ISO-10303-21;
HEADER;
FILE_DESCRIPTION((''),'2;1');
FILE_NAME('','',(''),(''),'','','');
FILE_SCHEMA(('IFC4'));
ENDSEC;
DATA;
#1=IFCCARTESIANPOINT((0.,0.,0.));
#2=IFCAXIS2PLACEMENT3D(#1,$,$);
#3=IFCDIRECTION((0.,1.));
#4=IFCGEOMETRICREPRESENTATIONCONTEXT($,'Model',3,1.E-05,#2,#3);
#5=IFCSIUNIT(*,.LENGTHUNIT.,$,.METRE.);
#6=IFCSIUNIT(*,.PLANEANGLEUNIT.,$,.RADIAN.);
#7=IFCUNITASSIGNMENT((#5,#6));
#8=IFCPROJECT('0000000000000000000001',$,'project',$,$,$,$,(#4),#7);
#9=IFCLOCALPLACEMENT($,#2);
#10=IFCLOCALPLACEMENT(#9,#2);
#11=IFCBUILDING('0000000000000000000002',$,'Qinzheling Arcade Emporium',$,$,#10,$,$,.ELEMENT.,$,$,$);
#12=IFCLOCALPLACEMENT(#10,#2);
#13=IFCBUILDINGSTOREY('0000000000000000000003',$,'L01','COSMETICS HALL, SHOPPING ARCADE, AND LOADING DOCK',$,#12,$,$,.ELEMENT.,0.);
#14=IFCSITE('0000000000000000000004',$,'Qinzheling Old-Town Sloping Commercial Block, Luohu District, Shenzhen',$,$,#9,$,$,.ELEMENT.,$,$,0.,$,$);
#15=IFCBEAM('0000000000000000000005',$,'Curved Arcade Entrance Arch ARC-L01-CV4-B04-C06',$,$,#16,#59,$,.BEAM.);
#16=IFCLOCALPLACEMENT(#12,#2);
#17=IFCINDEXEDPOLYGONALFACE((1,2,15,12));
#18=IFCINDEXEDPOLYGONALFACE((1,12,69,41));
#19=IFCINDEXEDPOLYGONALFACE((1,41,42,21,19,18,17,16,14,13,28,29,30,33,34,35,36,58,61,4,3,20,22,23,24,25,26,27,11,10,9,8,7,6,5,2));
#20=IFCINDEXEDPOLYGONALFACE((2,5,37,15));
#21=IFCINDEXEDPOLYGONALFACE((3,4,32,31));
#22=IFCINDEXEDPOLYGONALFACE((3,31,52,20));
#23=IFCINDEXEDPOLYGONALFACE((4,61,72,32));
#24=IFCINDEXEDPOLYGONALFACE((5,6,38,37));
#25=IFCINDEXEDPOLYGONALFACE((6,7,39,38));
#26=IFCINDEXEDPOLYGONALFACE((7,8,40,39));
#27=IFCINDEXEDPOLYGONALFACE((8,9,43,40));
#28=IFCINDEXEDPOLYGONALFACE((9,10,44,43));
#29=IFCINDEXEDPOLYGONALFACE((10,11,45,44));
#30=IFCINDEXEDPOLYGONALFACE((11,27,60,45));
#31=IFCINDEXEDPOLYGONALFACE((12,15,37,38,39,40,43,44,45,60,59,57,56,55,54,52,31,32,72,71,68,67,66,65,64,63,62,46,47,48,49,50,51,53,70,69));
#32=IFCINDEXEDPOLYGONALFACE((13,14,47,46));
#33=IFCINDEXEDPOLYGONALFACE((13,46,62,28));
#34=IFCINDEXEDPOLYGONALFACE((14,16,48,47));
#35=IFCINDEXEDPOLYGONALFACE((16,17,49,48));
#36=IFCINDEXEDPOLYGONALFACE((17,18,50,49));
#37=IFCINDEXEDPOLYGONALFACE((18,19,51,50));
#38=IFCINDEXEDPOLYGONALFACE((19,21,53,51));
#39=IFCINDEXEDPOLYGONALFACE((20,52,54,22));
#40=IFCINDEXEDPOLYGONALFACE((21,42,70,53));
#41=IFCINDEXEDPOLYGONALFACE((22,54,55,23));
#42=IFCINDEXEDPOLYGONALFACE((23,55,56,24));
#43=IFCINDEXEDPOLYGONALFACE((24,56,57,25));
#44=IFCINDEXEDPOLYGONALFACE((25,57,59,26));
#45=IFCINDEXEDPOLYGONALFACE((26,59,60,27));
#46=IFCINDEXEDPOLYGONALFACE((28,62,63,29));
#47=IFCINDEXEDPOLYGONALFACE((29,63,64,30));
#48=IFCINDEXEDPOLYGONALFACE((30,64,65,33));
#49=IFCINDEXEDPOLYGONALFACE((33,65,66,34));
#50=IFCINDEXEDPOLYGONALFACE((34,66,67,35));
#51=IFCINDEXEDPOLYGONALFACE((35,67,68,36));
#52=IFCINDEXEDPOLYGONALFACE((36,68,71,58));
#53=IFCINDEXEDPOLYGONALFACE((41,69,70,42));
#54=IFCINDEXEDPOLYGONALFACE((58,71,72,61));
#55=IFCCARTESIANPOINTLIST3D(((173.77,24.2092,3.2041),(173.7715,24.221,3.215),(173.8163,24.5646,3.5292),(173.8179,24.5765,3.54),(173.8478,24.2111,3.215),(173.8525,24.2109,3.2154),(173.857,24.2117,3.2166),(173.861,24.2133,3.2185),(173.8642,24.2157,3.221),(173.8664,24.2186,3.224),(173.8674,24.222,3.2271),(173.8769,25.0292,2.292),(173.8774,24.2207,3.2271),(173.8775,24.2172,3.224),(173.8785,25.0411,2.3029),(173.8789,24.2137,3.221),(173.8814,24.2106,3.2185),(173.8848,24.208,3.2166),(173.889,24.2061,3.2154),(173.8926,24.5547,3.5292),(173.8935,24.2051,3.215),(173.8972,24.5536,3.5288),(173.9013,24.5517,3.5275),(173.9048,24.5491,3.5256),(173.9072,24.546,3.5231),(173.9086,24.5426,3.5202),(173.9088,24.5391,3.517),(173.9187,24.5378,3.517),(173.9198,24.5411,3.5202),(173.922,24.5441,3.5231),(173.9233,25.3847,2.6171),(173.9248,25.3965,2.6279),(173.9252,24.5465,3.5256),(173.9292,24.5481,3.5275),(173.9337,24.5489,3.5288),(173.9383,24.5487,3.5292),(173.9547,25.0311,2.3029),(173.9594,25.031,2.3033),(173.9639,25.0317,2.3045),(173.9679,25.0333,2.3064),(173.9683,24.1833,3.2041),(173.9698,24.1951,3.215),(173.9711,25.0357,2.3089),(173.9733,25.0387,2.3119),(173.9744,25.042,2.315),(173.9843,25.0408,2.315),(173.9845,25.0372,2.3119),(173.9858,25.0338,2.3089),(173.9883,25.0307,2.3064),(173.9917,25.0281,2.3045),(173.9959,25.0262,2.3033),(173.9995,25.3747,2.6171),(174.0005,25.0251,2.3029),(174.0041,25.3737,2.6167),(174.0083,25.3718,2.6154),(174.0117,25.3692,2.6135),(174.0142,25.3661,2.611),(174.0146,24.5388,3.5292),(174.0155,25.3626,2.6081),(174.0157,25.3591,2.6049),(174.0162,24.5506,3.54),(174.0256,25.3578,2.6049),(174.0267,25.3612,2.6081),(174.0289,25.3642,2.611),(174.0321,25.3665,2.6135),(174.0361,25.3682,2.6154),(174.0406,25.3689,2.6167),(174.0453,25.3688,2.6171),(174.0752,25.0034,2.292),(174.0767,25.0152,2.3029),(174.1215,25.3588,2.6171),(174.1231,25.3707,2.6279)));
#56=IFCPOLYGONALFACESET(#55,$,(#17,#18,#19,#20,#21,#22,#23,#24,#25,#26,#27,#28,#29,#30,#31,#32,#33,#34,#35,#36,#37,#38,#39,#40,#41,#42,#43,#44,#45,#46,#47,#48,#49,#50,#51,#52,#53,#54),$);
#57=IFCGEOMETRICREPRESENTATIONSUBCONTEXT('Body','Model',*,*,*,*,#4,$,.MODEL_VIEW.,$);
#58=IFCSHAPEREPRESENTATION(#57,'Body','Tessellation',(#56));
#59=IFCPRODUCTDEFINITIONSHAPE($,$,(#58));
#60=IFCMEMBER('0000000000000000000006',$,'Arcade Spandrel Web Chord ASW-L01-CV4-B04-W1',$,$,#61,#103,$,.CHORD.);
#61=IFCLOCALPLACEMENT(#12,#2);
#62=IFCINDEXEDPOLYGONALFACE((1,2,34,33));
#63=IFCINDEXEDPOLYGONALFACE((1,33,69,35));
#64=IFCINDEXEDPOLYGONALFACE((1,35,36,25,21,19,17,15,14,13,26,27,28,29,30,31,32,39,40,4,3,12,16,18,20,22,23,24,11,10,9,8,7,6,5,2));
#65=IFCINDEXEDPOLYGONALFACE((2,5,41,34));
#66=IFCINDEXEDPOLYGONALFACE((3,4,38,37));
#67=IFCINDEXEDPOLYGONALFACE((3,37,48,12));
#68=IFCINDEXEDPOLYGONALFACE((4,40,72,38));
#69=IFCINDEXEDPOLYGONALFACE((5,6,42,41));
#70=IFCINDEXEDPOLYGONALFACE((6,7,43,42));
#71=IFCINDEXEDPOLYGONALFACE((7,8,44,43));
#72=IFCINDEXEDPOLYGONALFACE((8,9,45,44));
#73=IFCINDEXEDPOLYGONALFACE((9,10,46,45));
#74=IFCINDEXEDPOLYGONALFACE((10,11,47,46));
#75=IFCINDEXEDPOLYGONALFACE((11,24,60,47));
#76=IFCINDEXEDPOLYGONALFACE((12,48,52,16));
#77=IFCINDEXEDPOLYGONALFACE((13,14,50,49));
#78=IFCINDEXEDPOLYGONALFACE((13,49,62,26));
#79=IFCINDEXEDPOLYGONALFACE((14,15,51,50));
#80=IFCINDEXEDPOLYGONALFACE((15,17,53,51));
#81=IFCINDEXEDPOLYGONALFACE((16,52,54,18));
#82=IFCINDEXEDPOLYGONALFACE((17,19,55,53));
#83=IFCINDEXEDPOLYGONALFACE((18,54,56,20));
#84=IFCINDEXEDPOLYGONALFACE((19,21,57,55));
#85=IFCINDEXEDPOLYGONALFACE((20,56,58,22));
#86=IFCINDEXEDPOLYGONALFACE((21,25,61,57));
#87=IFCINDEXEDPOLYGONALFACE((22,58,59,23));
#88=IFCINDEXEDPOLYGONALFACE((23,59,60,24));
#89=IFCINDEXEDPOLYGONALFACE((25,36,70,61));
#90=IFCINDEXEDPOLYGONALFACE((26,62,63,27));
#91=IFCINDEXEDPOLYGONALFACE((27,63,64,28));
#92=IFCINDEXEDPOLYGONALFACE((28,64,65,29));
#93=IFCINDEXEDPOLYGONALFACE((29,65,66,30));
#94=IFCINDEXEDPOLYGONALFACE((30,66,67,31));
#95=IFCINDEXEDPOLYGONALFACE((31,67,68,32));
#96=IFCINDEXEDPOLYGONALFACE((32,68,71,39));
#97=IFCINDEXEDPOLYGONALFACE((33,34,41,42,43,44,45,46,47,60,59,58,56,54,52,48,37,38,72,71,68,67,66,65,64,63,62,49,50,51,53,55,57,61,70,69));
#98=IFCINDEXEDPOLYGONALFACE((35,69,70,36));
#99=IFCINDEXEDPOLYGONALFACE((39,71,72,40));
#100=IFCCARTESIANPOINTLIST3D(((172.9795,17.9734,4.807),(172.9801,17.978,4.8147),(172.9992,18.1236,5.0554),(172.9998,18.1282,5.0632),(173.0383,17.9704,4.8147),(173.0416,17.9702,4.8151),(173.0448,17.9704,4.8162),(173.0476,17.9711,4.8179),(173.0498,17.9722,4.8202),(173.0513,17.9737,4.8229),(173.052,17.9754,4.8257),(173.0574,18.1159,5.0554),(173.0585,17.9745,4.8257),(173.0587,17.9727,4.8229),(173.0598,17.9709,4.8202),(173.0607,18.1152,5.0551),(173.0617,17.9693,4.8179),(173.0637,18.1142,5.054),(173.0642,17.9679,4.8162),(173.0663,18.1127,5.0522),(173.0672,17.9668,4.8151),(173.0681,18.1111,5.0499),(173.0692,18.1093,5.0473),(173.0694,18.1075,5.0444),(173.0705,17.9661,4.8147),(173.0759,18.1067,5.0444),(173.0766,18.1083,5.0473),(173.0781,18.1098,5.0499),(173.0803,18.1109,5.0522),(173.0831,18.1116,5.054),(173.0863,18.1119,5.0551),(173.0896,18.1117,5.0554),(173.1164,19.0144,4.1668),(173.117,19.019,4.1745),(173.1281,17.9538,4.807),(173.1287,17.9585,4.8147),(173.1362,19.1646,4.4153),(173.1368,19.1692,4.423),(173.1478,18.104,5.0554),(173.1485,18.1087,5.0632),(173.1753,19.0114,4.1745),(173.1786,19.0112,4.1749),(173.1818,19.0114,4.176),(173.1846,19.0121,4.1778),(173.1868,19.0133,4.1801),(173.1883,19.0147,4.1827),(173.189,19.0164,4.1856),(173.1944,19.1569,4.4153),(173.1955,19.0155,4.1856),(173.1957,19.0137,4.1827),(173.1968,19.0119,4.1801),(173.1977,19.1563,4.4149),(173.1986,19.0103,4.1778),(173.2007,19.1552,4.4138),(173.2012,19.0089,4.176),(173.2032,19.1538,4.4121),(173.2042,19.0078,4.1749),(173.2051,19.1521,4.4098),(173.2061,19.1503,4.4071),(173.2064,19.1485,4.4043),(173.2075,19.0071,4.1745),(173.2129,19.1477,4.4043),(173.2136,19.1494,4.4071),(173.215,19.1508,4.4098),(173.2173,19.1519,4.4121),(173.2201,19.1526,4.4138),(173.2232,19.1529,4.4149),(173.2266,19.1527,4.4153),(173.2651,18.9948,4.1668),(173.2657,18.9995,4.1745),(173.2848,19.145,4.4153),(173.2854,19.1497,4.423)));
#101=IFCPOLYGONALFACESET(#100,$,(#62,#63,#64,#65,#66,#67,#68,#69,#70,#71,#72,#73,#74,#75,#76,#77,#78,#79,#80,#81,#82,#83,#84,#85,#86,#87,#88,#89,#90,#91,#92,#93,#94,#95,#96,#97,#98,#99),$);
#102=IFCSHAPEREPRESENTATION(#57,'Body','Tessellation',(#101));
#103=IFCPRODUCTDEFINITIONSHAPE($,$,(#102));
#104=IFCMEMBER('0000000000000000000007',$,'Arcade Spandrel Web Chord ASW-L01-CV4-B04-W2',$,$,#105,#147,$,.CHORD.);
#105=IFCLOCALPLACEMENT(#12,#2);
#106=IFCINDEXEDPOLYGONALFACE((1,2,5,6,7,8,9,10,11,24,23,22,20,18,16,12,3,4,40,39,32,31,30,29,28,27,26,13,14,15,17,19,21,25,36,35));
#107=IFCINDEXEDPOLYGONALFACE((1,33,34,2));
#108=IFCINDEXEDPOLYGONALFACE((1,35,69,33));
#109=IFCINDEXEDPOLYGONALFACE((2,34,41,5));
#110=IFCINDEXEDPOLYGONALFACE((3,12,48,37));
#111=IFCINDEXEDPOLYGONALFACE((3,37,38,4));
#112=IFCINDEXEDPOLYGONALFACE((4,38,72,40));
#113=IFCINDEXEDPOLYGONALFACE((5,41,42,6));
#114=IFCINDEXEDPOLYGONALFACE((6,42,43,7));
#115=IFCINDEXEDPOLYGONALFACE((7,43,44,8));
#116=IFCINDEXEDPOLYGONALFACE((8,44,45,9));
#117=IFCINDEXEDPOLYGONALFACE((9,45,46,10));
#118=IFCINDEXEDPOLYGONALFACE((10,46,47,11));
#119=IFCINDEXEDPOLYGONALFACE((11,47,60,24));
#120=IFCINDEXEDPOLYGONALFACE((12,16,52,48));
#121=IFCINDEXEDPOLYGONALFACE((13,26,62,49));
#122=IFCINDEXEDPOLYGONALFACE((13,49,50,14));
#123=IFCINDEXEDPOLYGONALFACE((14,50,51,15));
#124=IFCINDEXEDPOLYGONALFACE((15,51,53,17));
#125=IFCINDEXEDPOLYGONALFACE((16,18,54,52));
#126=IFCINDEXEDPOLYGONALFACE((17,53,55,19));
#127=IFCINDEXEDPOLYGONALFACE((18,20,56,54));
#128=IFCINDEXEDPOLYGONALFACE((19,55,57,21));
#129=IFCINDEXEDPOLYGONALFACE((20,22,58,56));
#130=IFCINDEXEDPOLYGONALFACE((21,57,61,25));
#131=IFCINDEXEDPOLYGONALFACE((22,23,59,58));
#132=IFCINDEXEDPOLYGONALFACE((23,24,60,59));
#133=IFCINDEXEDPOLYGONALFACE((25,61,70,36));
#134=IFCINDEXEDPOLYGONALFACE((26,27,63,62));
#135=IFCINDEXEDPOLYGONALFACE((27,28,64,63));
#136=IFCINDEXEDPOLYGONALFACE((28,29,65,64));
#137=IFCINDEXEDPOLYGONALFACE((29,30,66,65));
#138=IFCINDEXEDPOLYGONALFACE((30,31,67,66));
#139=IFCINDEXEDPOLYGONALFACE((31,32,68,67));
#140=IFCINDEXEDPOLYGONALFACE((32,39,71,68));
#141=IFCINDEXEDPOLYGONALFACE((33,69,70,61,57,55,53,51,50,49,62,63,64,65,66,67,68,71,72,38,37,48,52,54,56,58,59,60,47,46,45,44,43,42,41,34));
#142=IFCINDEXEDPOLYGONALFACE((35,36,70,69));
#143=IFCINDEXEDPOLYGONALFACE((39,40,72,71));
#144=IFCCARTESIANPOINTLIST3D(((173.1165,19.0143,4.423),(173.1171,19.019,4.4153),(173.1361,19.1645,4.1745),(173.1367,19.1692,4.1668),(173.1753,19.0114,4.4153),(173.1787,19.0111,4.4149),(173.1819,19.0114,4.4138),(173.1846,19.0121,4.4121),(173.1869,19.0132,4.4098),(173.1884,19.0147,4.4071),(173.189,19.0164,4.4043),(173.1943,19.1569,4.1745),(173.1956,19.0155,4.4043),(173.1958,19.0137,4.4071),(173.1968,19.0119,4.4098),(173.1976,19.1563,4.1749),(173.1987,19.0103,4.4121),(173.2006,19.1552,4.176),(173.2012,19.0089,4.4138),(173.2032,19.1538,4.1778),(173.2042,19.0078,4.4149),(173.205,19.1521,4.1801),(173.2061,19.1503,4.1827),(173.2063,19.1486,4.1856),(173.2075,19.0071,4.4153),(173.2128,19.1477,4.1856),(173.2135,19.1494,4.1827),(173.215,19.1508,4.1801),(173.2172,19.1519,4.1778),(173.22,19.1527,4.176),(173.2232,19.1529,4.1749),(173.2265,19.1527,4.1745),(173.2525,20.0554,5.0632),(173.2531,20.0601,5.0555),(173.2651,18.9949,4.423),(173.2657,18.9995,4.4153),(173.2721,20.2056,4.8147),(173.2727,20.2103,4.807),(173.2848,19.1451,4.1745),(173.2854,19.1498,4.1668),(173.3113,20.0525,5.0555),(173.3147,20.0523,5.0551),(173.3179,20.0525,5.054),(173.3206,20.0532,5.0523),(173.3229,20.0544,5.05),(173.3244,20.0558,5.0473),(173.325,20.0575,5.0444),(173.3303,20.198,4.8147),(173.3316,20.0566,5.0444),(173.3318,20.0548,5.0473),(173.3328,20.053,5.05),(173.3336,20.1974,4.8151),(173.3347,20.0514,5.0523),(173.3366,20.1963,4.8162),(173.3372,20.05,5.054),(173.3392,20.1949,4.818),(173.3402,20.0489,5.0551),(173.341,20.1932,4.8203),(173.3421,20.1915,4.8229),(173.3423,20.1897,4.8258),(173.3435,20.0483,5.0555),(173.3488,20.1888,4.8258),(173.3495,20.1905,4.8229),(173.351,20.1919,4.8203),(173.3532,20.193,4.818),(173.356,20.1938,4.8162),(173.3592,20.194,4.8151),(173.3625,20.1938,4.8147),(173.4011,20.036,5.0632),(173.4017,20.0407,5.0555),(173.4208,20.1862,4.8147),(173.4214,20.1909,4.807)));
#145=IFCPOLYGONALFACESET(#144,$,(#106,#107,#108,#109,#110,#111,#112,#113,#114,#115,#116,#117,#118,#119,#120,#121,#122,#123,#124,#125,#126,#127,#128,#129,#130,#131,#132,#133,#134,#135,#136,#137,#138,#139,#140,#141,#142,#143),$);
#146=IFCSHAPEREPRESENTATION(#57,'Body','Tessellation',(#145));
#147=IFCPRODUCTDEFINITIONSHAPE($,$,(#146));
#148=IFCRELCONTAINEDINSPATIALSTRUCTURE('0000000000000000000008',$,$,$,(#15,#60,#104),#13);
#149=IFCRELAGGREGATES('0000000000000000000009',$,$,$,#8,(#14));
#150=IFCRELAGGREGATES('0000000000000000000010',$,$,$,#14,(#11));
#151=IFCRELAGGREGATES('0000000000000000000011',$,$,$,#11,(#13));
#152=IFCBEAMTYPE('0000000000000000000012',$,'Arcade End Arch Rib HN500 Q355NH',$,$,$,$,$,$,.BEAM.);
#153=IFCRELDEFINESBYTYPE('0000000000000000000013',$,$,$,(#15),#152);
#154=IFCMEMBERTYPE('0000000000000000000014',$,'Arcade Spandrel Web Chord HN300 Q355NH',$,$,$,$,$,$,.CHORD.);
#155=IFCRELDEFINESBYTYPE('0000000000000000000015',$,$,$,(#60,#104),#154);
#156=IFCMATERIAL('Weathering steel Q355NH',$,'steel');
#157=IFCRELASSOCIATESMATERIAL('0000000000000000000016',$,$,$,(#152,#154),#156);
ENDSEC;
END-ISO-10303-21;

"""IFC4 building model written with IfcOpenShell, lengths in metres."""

from ifc_helpers import new_model, si_unit, direction, frame, origin, origin_2d, place, context, subcontext, project, spatial, i_section, extrude, material, material_profile, profile_set, type_object, element, save


model = new_model("IFC4")

# Units and contexts
model_context = context("Model", 3, precision=1e-05, world=origin(), true_north=direction((0.0, 1.0)))
body_context = subcontext(model_context, "Body", "Model", "MODEL_VIEW")
ifc_project = project(units=[si_unit("LENGTHUNIT", "METRE"), si_unit("PLANEANGLEUNIT", "RADIAN")], contexts=[model_context])

# Site, building, storey
site_placement = place(None, origin())
site = spatial("IfcSite", under=ifc_project, at=site_placement, Name="Qinzheling Old-Town Sloping Commercial Block, Luohu District, Shenzhen", CompositionType="ELEMENT", RefElevation=0.0)
building_placement = place(site_placement, origin())
building = spatial("IfcBuilding", under=site, at=building_placement, Name="Qinzheling Arcade Emporium", CompositionType="ELEMENT")
storey_placement = place(building_placement, origin())
storey = spatial("IfcBuildingStorey", under=building, at=storey_placement, Name="L01", Description="COSMETICS HALL, SHOPPING ARCADE, AND LOADING DOCK", CompositionType="ELEMENT", Elevation=0.0)

# Beam
ifc_material_1 = material(Name="Weathering steel Q355NH", Category="steel")
ifc_material_profile_1 = material_profile(ifc_material_1, i_section(OverallWidth=0.2, OverallDepth=0.5, WebThickness=0.01, FlangeThickness=0.0161, FilletRadius=0.0181, at=origin_2d()), Name="HN 500x200x10x16", Category="steel")
ifc_profile_set_1 = profile_set([ifc_material_profile_1], Name="Weathering steel Q355NH")
beam_type = type_object("IfcBeamType", Name="Arcade End Arch Rib HN500 Q355NH", PredefinedType="BEAM", material=ifc_profile_set_1)
beam_1_placement = place(storey_placement, frame((173.8931, 24.3799, 3.3721), z_axis=(0.086852, 0.666064, -0.740821), x_axis=(-0.991605, 0.129301, 0.0)))
element("IfcBeam", 1, at=beam_1_placement, inside=storey, type_object=beam_type, Name="Curved Arcade Entrance Arch ARC-L01-CV4-B04-C06", PredefinedType="BEAM", context=body_context, shape_type="SweptSolid", body=[
    extrude(i_section(OverallWidth=0.2, OverallDepth=0.5, WebThickness=0.01, FlangeThickness=0.0161, FilletRadius=0.0181, at=origin_2d()), origin(), (0.0, 0.0, 1.0), 1.2312),
])

# Members
ifc_material_profile_2 = material_profile(ifc_material_1, i_section(OverallWidth=0.1499, OverallDepth=0.3, WebThickness=0.0066, FlangeThickness=0.009, FilletRadius=0.0129, at=origin_2d()), Name="HN 300x150x6.5x9", Category="steel")
ifc_profile_set_2 = profile_set([ifc_material_profile_2], Name="Weathering steel Q355NH")
member_type_1 = type_object("IfcMemberType", Name="Arcade Spandrel Web Chord HN300 Q355NH", PredefinedType="CHORD", material=ifc_profile_set_2)
for number, where, z_axis, x_axis, name in (
    (2, (173.2009, 19.082, 4.2949), (-0.111376, -0.846537, 0.520549), (0.991456, -0.130442, 0.0), "Arcade Spandrel Web Chord ASW-L01-CV4-B04-W1"),
    (3, (173.2009, 19.082, 4.2949), (0.110592, 0.846611, 0.520595), (-0.991576, 0.129528, 0.0), "Arcade Spandrel Web Chord ASW-L01-CV4-B04-W2"),
):
    element("IfcMember", number, at=place(storey_placement, frame(where, z_axis=z_axis, x_axis=x_axis)), inside=storey, type_object=member_type_1, Name=name, PredefinedType="CHORD", context=body_context, shape_type="SweptSolid", body=[
        extrude(i_section(OverallWidth=0.1499, OverallDepth=0.3, WebThickness=0.0066, FlangeThickness=0.009, FilletRadius=0.0129, at=origin_2d()), origin(), (0.0, 0.0, 1.0), 1.2297),
    ])

save(model, "model.ifc")
